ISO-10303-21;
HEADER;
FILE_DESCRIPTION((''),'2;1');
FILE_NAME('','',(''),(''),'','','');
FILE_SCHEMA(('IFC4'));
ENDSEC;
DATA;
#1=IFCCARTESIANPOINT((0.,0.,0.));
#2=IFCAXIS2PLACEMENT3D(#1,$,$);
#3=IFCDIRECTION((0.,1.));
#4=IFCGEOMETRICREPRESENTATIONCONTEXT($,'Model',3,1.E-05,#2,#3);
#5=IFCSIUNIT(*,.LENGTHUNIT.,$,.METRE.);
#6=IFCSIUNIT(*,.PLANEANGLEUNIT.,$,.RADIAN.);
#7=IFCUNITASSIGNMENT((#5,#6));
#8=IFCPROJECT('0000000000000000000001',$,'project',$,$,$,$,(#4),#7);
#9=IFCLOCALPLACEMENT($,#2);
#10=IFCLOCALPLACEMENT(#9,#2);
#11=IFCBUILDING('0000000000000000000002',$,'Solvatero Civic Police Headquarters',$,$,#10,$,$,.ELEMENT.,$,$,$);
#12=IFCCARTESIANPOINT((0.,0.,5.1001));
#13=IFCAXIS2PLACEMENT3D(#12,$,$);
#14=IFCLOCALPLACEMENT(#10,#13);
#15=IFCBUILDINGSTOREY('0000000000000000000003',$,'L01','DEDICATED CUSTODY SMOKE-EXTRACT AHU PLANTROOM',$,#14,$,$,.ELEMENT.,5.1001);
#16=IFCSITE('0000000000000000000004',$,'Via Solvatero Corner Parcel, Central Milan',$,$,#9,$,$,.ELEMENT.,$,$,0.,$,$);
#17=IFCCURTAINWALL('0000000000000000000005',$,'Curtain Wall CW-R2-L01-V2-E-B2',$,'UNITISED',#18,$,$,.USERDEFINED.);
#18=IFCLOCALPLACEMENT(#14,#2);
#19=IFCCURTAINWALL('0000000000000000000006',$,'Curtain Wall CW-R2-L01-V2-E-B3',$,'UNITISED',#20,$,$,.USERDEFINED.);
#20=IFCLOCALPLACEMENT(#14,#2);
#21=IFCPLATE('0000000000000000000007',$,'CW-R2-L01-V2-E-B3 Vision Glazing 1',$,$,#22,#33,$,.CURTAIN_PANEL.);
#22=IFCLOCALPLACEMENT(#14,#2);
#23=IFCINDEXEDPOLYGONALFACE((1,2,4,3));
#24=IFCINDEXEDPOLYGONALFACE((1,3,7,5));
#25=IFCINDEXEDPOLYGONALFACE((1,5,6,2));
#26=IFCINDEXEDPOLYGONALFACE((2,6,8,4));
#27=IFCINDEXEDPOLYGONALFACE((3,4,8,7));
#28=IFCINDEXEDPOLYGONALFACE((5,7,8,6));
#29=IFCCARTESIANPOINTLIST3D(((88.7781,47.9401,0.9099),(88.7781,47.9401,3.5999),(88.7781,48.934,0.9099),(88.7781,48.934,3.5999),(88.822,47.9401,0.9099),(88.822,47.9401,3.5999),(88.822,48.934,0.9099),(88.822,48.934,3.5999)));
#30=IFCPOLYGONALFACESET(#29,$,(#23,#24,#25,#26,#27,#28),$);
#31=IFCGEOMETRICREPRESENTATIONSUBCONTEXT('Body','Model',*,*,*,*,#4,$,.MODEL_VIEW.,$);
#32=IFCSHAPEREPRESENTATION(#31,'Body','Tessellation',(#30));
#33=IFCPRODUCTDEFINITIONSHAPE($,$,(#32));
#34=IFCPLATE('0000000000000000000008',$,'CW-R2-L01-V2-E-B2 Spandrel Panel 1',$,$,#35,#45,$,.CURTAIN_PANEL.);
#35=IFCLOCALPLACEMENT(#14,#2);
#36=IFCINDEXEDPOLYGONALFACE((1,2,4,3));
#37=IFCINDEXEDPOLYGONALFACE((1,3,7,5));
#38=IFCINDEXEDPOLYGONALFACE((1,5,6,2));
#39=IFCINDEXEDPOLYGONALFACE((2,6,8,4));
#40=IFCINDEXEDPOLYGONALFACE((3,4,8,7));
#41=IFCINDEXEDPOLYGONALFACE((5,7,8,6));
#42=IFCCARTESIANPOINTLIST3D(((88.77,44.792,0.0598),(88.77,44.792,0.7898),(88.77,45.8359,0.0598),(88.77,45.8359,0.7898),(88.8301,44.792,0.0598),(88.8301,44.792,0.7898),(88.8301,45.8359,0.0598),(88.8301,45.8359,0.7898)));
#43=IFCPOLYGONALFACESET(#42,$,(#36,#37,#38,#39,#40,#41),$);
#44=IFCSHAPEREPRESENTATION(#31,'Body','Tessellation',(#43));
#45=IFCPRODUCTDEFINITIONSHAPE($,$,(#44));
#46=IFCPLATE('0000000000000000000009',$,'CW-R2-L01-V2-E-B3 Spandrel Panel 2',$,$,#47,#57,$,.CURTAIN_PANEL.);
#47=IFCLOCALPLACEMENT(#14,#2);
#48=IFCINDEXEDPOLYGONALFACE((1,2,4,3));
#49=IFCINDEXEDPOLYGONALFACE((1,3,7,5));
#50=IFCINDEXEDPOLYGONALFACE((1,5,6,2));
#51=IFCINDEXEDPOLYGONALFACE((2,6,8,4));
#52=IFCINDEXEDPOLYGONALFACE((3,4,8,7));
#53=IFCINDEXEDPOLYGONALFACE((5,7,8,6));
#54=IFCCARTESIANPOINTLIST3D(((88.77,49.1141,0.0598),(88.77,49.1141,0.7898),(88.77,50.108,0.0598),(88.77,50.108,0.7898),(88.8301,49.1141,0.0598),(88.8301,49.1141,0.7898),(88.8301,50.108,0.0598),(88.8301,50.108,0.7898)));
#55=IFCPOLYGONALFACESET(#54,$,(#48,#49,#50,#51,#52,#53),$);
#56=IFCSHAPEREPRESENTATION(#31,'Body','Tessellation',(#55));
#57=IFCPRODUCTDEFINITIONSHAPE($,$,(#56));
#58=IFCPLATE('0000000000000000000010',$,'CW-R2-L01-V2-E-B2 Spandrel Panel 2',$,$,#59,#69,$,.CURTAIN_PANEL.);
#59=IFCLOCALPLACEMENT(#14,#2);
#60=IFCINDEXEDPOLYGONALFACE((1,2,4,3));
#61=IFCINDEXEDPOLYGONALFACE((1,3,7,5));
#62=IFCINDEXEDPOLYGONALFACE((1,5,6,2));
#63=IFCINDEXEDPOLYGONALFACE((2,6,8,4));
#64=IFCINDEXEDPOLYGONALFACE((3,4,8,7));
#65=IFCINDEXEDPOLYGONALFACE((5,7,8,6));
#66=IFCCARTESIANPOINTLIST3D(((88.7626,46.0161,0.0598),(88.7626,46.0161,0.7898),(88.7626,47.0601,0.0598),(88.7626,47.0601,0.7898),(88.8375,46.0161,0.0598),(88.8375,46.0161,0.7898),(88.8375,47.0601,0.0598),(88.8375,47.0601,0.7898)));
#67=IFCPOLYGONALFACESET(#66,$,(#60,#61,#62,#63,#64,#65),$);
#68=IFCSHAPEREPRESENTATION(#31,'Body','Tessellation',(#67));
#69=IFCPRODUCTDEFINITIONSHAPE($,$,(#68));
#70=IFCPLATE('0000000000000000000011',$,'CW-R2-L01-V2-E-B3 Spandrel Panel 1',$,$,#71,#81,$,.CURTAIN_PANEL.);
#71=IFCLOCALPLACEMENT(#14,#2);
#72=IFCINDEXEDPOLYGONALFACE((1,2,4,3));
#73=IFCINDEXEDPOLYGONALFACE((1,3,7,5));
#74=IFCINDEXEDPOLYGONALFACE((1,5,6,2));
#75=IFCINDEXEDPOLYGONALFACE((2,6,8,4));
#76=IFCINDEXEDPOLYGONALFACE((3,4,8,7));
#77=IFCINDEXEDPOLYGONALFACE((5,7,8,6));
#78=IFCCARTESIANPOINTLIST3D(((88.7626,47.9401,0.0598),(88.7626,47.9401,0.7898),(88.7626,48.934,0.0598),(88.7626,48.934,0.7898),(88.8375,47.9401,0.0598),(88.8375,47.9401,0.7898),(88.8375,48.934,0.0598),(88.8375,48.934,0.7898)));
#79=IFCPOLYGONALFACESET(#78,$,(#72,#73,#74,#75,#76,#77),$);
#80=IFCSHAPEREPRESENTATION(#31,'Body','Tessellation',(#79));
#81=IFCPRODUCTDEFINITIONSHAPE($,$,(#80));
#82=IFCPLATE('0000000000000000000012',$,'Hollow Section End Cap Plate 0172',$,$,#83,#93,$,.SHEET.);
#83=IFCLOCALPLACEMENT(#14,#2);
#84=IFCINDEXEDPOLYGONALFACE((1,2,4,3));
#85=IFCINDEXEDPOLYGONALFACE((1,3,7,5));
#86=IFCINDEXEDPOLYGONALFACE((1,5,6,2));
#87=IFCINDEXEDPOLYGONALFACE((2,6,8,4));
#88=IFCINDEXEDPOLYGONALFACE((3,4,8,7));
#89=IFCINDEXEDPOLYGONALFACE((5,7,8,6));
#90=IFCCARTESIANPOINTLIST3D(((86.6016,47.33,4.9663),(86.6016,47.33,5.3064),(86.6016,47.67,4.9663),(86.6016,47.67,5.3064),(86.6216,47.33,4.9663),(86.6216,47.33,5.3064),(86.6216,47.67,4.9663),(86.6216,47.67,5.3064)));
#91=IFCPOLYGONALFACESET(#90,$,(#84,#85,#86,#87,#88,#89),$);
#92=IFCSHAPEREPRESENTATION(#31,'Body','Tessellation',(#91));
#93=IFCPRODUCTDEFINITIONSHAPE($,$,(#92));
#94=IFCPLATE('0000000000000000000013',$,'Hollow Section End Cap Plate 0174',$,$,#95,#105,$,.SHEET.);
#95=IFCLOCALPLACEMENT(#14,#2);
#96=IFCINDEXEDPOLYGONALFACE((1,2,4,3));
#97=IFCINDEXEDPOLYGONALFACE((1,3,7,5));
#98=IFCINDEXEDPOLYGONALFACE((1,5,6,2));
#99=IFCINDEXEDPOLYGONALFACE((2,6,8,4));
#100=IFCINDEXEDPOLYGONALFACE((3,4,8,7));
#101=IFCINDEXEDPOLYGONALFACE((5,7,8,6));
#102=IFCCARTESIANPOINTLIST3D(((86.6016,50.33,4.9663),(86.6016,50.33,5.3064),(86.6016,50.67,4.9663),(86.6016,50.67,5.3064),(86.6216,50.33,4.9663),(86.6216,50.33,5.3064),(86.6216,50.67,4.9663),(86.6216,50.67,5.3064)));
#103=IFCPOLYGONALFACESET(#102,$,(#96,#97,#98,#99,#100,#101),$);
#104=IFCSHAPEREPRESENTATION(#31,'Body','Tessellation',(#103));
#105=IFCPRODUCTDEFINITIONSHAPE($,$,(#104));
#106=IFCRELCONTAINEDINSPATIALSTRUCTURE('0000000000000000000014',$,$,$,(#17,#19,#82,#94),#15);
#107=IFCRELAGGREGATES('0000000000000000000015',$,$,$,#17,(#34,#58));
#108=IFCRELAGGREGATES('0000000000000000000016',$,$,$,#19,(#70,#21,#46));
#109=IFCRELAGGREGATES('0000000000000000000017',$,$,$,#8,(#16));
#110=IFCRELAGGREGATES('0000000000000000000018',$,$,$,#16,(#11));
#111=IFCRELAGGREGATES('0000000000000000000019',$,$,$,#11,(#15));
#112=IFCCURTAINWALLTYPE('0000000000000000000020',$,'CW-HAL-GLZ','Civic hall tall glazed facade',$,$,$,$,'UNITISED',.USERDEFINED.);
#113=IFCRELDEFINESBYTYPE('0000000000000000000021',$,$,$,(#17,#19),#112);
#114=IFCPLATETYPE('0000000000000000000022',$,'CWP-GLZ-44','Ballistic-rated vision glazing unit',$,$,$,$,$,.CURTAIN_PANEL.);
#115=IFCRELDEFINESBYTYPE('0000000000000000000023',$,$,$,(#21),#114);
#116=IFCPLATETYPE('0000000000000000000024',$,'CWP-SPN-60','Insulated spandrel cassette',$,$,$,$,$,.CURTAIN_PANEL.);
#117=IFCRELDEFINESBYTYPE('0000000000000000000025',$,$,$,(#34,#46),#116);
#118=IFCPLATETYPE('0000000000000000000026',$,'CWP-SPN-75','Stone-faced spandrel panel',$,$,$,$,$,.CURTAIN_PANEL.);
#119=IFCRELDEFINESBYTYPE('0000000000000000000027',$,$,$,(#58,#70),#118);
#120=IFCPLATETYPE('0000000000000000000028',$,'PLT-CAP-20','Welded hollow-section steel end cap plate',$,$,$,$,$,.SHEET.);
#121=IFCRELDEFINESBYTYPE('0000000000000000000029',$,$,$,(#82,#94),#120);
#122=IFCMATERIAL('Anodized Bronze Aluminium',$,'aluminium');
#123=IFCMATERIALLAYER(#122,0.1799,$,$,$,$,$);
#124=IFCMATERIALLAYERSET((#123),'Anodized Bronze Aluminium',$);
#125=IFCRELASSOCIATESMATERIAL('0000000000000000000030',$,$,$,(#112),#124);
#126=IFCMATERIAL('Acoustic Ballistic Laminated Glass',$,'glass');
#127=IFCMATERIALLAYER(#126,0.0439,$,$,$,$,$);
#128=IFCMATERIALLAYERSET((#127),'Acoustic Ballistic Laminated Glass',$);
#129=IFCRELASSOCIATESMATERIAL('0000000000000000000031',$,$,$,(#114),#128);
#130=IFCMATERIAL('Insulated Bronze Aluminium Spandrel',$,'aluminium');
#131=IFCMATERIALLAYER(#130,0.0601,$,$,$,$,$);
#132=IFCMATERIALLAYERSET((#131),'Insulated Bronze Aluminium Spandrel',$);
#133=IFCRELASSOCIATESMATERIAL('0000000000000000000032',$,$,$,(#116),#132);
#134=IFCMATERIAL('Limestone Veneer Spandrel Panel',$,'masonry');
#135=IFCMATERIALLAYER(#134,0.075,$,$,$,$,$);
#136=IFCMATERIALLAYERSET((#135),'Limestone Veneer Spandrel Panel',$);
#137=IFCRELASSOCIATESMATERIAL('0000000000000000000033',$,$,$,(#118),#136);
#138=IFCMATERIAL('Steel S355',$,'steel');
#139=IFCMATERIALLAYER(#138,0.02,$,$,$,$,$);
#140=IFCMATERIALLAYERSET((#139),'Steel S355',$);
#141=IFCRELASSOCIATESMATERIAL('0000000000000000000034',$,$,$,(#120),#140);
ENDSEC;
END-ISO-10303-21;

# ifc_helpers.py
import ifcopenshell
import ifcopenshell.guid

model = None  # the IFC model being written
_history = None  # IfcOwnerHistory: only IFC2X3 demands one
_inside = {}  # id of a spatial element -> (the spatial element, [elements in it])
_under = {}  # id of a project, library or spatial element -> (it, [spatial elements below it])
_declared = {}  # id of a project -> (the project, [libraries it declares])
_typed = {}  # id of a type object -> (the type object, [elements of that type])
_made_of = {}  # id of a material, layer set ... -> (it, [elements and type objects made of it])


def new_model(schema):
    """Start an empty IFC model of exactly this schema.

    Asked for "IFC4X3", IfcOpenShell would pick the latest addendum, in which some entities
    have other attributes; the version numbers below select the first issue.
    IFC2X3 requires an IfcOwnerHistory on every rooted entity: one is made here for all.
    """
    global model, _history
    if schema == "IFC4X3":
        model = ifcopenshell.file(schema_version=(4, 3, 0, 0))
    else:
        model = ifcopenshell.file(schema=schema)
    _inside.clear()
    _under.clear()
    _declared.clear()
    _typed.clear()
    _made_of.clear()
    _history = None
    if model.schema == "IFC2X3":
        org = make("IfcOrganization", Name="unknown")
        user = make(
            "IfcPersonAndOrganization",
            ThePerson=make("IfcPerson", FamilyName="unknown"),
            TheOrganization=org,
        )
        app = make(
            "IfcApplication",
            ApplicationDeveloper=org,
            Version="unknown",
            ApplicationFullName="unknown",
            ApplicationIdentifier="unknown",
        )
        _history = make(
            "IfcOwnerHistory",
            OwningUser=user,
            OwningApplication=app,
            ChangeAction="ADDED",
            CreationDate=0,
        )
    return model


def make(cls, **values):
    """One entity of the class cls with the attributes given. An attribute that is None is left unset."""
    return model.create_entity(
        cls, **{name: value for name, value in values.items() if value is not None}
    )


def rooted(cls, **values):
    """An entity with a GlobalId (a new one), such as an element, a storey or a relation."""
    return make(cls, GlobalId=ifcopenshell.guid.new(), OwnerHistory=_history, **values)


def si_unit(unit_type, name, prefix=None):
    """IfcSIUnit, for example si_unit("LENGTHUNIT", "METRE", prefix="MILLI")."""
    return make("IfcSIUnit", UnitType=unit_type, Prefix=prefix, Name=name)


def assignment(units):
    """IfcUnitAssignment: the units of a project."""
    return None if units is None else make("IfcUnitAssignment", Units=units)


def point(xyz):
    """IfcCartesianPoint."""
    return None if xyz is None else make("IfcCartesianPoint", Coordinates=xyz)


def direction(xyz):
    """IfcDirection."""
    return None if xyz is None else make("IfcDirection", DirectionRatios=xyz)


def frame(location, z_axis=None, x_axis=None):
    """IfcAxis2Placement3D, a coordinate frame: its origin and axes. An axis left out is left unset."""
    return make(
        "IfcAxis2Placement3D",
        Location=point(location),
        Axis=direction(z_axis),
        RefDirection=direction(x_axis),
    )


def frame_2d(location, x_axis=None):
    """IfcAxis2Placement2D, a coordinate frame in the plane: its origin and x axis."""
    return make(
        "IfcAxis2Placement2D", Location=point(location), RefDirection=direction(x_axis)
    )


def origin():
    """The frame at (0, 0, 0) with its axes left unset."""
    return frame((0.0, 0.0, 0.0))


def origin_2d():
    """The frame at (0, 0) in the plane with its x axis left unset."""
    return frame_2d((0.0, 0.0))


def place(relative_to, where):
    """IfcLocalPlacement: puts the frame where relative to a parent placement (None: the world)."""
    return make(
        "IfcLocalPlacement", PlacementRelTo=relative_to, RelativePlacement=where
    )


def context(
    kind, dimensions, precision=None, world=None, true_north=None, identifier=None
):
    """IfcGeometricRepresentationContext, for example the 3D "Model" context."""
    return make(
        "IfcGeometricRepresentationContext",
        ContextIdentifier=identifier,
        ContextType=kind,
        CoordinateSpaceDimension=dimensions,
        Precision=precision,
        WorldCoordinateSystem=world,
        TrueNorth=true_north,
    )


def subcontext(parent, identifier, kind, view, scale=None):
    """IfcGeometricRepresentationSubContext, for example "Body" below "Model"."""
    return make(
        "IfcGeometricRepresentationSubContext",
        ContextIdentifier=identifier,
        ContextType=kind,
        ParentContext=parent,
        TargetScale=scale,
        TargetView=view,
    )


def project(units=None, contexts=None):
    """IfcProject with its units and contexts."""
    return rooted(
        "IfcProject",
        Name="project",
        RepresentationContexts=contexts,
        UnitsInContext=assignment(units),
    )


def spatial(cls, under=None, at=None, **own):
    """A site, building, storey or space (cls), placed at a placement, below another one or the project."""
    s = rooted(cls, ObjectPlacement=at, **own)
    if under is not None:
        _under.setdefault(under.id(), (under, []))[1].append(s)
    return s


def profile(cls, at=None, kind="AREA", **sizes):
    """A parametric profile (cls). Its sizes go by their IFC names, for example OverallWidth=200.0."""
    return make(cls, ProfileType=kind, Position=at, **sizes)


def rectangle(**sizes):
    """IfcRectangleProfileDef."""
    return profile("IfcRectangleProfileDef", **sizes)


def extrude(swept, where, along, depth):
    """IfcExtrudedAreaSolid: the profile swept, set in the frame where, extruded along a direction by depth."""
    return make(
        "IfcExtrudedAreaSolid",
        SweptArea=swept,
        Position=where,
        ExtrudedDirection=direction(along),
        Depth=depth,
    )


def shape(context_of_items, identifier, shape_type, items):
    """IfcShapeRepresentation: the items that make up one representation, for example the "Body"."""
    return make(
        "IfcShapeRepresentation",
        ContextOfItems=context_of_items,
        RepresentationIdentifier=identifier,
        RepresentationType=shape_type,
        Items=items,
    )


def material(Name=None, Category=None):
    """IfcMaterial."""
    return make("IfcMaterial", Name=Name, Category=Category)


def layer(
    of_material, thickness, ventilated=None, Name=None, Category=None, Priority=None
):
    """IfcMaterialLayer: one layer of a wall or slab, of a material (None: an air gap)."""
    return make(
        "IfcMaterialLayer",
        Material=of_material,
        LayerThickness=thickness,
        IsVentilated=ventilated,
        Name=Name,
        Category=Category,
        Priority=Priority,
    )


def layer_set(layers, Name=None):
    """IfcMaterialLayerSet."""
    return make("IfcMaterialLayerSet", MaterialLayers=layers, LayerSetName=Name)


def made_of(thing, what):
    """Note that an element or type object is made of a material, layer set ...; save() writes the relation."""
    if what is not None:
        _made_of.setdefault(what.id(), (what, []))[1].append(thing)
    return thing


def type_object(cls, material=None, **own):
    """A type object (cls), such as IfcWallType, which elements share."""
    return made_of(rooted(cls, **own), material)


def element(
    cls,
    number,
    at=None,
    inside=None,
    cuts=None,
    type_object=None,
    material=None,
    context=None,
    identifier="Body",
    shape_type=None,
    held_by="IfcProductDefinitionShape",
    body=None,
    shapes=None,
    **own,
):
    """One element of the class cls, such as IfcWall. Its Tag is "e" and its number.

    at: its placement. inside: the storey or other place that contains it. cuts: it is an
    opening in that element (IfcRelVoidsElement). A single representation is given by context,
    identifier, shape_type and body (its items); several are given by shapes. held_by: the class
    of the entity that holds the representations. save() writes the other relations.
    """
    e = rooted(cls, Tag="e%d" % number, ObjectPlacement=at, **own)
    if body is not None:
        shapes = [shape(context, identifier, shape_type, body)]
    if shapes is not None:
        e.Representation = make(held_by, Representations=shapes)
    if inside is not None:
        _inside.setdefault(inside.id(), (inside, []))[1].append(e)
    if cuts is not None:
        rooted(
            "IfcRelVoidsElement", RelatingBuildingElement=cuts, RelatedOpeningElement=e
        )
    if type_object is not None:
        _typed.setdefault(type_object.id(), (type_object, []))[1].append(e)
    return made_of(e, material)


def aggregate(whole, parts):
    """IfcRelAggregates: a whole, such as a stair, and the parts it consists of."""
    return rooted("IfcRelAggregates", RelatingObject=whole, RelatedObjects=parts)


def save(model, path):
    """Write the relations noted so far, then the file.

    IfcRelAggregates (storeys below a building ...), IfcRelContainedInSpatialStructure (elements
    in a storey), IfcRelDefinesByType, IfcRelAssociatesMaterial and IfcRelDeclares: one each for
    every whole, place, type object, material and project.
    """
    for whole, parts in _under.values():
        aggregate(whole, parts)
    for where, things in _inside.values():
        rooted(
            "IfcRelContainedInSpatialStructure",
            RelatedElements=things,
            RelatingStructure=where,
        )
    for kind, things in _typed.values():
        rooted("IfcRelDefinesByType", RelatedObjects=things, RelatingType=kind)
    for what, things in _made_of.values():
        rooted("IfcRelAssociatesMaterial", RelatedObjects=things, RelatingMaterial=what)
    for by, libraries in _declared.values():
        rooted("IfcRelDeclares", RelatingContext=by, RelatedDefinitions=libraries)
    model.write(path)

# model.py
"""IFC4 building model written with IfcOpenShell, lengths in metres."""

from ifc_helpers import new_model, si_unit, direction, frame, origin, origin_2d, place, context, subcontext, project, spatial, rectangle, extrude, material, layer, layer_set, type_object, element, aggregate, save


model = new_model("IFC4")

# Units and contexts
model_context = context("Model", 3, precision=1e-05, world=origin(), true_north=direction((0.0, 1.0)))
body_context = subcontext(model_context, "Body", "Model", "MODEL_VIEW")
ifc_project = project(units=[si_unit("LENGTHUNIT", "METRE"), si_unit("PLANEANGLEUNIT", "RADIAN")], contexts=[model_context])

# Site, building, storey
site_placement = place(None, origin())
site = spatial("IfcSite", under=ifc_project, at=site_placement, Name="Via Solvatero Corner Parcel, Central Milan", CompositionType="ELEMENT", RefElevation=0.0)
building_placement = place(site_placement, origin())
building = spatial("IfcBuilding", under=site, at=building_placement, Name="Solvatero Civic Police Headquarters", CompositionType="ELEMENT")
storey_placement = place(building_placement, frame((0.0, 0.0, 5.1001)))
storey = spatial("IfcBuildingStorey", under=building, at=storey_placement, Name="L01", Description="DEDICATED CUSTODY SMOKE-EXTRACT AHU PLANTROOM", CompositionType="ELEMENT", Elevation=5.1001)

# Shared definitions
ifc_material_1 = material(Name="Steel S355", Category="steel")

# Curtain walls
ifc_material_2 = material(Name="Anodized Bronze Aluminium", Category="aluminium")
ifc_layer_1 = layer(ifc_material_2, 0.1799)
ifc_layer_set_1 = layer_set([ifc_layer_1], Name="Anodized Bronze Aluminium")
curtain_wall_type = type_object("IfcCurtainWallType", Name="CW-HAL-GLZ", Description="Civic hall tall glazed facade", ElementType="UNITISED", PredefinedType="USERDEFINED", material=ifc_layer_set_1)
curtain_wall_1_placement = place(storey_placement, origin())
curtain_wall_1 = element("IfcCurtainWall", 1, at=curtain_wall_1_placement, inside=storey, type_object=curtain_wall_type, Name="Curtain Wall CW-R2-L01-V2-E-B2", ObjectType="UNITISED", PredefinedType="USERDEFINED")
curtain_wall_2_placement = place(storey_placement, origin())
curtain_wall_2 = element("IfcCurtainWall", 2, at=curtain_wall_2_placement, inside=storey, type_object=curtain_wall_type, Name="Curtain Wall CW-R2-L01-V2-E-B3", ObjectType="UNITISED", PredefinedType="USERDEFINED")

# Plates
ifc_material_3 = material(Name="Acoustic Ballistic Laminated Glass", Category="glass")
ifc_layer_2 = layer(ifc_material_3, 0.0439)
ifc_layer_set_2 = layer_set([ifc_layer_2], Name="Acoustic Ballistic Laminated Glass")
plate_type_1 = type_object("IfcPlateType", Name="CWP-GLZ-44", Description="Ballistic-rated vision glazing unit", PredefinedType="CURTAIN_PANEL", material=ifc_layer_set_2)
plate_1_placement = place(storey_placement, frame((88.8, 48.437, 0.9099), z_axis=(0.0, 0.0, 1.0), x_axis=(0.0, 1.0, 0.0)))
plate_1 = element("IfcPlate", 3, at=plate_1_placement, type_object=plate_type_1, Name="CW-R2-L01-V2-E-B3 Vision Glazing 1", PredefinedType="CURTAIN_PANEL", context=body_context, shape_type="SweptSolid", body=[
    extrude(rectangle(XDim=0.9939, YDim=0.0439, at=origin_2d()), origin(), (0.0, 0.0, 1.0), 2.6899),
])
ifc_material_4 = material(Name="Insulated Bronze Aluminium Spandrel", Category="aluminium")
ifc_layer_3 = layer(ifc_material_4, 0.0601)
ifc_layer_set_3 = layer_set([ifc_layer_3], Name="Insulated Bronze Aluminium Spandrel")
plate_type_2 = type_object("IfcPlateType", Name="CWP-SPN-60", Description="Insulated spandrel cassette", PredefinedType="CURTAIN_PANEL", material=ifc_layer_set_3)
plate_2_placement = place(storey_placement, frame((88.8, 45.314, 0.0598), z_axis=(0.0, 0.0, 1.0), x_axis=(0.0, 1.0, 0.0)))
plate_2 = element("IfcPlate", 4, at=plate_2_placement, type_object=plate_type_2, Name="CW-R2-L01-V2-E-B2 Spandrel Panel 1", PredefinedType="CURTAIN_PANEL", context=body_context, shape_type="SweptSolid", body=[
    extrude(rectangle(XDim=1.0439, YDim=0.0601, at=origin_2d()), origin(), (0.0, 0.0, 1.0), 0.73),
])
plate_3_placement = place(storey_placement, frame((88.8, 49.6111, 0.0598), z_axis=(0.0, 0.0, 1.0), x_axis=(0.0, 1.0, 0.0)))
plate_3 = element("IfcPlate", 5, at=plate_3_placement, type_object=plate_type_2, Name="CW-R2-L01-V2-E-B3 Spandrel Panel 2", PredefinedType="CURTAIN_PANEL", context=body_context, shape_type="SweptSolid", body=[
    extrude(rectangle(XDim=0.9939, YDim=0.0601, at=origin_2d()), origin(), (0.0, 0.0, 1.0), 0.73),
])
ifc_material_5 = material(Name="Limestone Veneer Spandrel Panel", Category="masonry")
ifc_layer_4 = layer(ifc_material_5, 0.075)
ifc_layer_set_4 = layer_set([ifc_layer_4], Name="Limestone Veneer Spandrel Panel")
plate_type_3 = type_object("IfcPlateType", Name="CWP-SPN-75", Description="Stone-faced spandrel panel", PredefinedType="CURTAIN_PANEL", material=ifc_layer_set_4)
plate_4_placement = place(storey_placement, frame((88.8, 46.5381, 0.0598), z_axis=(0.0, 0.0, 1.0), x_axis=(0.0, 1.0, 0.0)))
plate_4 = element("IfcPlate", 6, at=plate_4_placement, type_object=plate_type_3, Name="CW-R2-L01-V2-E-B2 Spandrel Panel 2", PredefinedType="CURTAIN_PANEL", context=body_context, shape_type="SweptSolid", body=[
    extrude(rectangle(XDim=1.0439, YDim=0.075, at=origin_2d()), origin(), (0.0, 0.0, 1.0), 0.73),
])
aggregate(curtain_wall_1, [plate_2, plate_4])
plate_5_placement = place(storey_placement, frame((88.8, 48.437, 0.0598), z_axis=(0.0, 0.0, 1.0), x_axis=(0.0, 1.0, 0.0)))
plate_5 = element("IfcPlate", 7, at=plate_5_placement, type_object=plate_type_3, Name="CW-R2-L01-V2-E-B3 Spandrel Panel 1", PredefinedType="CURTAIN_PANEL", context=body_context, shape_type="SweptSolid", body=[
    extrude(rectangle(XDim=0.9939, YDim=0.075, at=origin_2d()), origin(), (0.0, 0.0, 1.0), 0.73),
])
aggregate(curtain_wall_2, [plate_5, plate_1, plate_3])

# Plates
ifc_layer_5 = layer(ifc_material_1, 0.02)
ifc_layer_set_5 = layer_set([ifc_layer_5], Name="Steel S355")
plate_type_4 = type_object("IfcPlateType", Name="PLT-CAP-20", Description="Welded hollow-section steel end cap plate", PredefinedType="SHEET", material=ifc_layer_set_5)
for number, where, z_axis, x_axis, name in (
    (8, (86.6116, 47.5, 4.9663), (0.0, 0.0, 1.0), (1.0, 0.0, 0.0), "Hollow Section End Cap Plate 0172"),
    (9, (86.6116, 50.5, 4.9663), (0.0, 0.0, 1.0), (1.0, 0.0, 0.0), "Hollow Section End Cap Plate 0174"),
):
    element("IfcPlate", number, at=place(storey_placement, frame(where, z_axis=z_axis, x_axis=x_axis)), inside=storey, type_object=plate_type_4, Name=name, PredefinedType="SHEET", context=body_context, shape_type="SweptSolid", body=[
        extrude(rectangle(XDim=0.02, YDim=0.3401, at=origin_2d()), origin(), (0.0, 0.0, 1.0), 0.3401),
    ])

save(model, "model.ifc")
